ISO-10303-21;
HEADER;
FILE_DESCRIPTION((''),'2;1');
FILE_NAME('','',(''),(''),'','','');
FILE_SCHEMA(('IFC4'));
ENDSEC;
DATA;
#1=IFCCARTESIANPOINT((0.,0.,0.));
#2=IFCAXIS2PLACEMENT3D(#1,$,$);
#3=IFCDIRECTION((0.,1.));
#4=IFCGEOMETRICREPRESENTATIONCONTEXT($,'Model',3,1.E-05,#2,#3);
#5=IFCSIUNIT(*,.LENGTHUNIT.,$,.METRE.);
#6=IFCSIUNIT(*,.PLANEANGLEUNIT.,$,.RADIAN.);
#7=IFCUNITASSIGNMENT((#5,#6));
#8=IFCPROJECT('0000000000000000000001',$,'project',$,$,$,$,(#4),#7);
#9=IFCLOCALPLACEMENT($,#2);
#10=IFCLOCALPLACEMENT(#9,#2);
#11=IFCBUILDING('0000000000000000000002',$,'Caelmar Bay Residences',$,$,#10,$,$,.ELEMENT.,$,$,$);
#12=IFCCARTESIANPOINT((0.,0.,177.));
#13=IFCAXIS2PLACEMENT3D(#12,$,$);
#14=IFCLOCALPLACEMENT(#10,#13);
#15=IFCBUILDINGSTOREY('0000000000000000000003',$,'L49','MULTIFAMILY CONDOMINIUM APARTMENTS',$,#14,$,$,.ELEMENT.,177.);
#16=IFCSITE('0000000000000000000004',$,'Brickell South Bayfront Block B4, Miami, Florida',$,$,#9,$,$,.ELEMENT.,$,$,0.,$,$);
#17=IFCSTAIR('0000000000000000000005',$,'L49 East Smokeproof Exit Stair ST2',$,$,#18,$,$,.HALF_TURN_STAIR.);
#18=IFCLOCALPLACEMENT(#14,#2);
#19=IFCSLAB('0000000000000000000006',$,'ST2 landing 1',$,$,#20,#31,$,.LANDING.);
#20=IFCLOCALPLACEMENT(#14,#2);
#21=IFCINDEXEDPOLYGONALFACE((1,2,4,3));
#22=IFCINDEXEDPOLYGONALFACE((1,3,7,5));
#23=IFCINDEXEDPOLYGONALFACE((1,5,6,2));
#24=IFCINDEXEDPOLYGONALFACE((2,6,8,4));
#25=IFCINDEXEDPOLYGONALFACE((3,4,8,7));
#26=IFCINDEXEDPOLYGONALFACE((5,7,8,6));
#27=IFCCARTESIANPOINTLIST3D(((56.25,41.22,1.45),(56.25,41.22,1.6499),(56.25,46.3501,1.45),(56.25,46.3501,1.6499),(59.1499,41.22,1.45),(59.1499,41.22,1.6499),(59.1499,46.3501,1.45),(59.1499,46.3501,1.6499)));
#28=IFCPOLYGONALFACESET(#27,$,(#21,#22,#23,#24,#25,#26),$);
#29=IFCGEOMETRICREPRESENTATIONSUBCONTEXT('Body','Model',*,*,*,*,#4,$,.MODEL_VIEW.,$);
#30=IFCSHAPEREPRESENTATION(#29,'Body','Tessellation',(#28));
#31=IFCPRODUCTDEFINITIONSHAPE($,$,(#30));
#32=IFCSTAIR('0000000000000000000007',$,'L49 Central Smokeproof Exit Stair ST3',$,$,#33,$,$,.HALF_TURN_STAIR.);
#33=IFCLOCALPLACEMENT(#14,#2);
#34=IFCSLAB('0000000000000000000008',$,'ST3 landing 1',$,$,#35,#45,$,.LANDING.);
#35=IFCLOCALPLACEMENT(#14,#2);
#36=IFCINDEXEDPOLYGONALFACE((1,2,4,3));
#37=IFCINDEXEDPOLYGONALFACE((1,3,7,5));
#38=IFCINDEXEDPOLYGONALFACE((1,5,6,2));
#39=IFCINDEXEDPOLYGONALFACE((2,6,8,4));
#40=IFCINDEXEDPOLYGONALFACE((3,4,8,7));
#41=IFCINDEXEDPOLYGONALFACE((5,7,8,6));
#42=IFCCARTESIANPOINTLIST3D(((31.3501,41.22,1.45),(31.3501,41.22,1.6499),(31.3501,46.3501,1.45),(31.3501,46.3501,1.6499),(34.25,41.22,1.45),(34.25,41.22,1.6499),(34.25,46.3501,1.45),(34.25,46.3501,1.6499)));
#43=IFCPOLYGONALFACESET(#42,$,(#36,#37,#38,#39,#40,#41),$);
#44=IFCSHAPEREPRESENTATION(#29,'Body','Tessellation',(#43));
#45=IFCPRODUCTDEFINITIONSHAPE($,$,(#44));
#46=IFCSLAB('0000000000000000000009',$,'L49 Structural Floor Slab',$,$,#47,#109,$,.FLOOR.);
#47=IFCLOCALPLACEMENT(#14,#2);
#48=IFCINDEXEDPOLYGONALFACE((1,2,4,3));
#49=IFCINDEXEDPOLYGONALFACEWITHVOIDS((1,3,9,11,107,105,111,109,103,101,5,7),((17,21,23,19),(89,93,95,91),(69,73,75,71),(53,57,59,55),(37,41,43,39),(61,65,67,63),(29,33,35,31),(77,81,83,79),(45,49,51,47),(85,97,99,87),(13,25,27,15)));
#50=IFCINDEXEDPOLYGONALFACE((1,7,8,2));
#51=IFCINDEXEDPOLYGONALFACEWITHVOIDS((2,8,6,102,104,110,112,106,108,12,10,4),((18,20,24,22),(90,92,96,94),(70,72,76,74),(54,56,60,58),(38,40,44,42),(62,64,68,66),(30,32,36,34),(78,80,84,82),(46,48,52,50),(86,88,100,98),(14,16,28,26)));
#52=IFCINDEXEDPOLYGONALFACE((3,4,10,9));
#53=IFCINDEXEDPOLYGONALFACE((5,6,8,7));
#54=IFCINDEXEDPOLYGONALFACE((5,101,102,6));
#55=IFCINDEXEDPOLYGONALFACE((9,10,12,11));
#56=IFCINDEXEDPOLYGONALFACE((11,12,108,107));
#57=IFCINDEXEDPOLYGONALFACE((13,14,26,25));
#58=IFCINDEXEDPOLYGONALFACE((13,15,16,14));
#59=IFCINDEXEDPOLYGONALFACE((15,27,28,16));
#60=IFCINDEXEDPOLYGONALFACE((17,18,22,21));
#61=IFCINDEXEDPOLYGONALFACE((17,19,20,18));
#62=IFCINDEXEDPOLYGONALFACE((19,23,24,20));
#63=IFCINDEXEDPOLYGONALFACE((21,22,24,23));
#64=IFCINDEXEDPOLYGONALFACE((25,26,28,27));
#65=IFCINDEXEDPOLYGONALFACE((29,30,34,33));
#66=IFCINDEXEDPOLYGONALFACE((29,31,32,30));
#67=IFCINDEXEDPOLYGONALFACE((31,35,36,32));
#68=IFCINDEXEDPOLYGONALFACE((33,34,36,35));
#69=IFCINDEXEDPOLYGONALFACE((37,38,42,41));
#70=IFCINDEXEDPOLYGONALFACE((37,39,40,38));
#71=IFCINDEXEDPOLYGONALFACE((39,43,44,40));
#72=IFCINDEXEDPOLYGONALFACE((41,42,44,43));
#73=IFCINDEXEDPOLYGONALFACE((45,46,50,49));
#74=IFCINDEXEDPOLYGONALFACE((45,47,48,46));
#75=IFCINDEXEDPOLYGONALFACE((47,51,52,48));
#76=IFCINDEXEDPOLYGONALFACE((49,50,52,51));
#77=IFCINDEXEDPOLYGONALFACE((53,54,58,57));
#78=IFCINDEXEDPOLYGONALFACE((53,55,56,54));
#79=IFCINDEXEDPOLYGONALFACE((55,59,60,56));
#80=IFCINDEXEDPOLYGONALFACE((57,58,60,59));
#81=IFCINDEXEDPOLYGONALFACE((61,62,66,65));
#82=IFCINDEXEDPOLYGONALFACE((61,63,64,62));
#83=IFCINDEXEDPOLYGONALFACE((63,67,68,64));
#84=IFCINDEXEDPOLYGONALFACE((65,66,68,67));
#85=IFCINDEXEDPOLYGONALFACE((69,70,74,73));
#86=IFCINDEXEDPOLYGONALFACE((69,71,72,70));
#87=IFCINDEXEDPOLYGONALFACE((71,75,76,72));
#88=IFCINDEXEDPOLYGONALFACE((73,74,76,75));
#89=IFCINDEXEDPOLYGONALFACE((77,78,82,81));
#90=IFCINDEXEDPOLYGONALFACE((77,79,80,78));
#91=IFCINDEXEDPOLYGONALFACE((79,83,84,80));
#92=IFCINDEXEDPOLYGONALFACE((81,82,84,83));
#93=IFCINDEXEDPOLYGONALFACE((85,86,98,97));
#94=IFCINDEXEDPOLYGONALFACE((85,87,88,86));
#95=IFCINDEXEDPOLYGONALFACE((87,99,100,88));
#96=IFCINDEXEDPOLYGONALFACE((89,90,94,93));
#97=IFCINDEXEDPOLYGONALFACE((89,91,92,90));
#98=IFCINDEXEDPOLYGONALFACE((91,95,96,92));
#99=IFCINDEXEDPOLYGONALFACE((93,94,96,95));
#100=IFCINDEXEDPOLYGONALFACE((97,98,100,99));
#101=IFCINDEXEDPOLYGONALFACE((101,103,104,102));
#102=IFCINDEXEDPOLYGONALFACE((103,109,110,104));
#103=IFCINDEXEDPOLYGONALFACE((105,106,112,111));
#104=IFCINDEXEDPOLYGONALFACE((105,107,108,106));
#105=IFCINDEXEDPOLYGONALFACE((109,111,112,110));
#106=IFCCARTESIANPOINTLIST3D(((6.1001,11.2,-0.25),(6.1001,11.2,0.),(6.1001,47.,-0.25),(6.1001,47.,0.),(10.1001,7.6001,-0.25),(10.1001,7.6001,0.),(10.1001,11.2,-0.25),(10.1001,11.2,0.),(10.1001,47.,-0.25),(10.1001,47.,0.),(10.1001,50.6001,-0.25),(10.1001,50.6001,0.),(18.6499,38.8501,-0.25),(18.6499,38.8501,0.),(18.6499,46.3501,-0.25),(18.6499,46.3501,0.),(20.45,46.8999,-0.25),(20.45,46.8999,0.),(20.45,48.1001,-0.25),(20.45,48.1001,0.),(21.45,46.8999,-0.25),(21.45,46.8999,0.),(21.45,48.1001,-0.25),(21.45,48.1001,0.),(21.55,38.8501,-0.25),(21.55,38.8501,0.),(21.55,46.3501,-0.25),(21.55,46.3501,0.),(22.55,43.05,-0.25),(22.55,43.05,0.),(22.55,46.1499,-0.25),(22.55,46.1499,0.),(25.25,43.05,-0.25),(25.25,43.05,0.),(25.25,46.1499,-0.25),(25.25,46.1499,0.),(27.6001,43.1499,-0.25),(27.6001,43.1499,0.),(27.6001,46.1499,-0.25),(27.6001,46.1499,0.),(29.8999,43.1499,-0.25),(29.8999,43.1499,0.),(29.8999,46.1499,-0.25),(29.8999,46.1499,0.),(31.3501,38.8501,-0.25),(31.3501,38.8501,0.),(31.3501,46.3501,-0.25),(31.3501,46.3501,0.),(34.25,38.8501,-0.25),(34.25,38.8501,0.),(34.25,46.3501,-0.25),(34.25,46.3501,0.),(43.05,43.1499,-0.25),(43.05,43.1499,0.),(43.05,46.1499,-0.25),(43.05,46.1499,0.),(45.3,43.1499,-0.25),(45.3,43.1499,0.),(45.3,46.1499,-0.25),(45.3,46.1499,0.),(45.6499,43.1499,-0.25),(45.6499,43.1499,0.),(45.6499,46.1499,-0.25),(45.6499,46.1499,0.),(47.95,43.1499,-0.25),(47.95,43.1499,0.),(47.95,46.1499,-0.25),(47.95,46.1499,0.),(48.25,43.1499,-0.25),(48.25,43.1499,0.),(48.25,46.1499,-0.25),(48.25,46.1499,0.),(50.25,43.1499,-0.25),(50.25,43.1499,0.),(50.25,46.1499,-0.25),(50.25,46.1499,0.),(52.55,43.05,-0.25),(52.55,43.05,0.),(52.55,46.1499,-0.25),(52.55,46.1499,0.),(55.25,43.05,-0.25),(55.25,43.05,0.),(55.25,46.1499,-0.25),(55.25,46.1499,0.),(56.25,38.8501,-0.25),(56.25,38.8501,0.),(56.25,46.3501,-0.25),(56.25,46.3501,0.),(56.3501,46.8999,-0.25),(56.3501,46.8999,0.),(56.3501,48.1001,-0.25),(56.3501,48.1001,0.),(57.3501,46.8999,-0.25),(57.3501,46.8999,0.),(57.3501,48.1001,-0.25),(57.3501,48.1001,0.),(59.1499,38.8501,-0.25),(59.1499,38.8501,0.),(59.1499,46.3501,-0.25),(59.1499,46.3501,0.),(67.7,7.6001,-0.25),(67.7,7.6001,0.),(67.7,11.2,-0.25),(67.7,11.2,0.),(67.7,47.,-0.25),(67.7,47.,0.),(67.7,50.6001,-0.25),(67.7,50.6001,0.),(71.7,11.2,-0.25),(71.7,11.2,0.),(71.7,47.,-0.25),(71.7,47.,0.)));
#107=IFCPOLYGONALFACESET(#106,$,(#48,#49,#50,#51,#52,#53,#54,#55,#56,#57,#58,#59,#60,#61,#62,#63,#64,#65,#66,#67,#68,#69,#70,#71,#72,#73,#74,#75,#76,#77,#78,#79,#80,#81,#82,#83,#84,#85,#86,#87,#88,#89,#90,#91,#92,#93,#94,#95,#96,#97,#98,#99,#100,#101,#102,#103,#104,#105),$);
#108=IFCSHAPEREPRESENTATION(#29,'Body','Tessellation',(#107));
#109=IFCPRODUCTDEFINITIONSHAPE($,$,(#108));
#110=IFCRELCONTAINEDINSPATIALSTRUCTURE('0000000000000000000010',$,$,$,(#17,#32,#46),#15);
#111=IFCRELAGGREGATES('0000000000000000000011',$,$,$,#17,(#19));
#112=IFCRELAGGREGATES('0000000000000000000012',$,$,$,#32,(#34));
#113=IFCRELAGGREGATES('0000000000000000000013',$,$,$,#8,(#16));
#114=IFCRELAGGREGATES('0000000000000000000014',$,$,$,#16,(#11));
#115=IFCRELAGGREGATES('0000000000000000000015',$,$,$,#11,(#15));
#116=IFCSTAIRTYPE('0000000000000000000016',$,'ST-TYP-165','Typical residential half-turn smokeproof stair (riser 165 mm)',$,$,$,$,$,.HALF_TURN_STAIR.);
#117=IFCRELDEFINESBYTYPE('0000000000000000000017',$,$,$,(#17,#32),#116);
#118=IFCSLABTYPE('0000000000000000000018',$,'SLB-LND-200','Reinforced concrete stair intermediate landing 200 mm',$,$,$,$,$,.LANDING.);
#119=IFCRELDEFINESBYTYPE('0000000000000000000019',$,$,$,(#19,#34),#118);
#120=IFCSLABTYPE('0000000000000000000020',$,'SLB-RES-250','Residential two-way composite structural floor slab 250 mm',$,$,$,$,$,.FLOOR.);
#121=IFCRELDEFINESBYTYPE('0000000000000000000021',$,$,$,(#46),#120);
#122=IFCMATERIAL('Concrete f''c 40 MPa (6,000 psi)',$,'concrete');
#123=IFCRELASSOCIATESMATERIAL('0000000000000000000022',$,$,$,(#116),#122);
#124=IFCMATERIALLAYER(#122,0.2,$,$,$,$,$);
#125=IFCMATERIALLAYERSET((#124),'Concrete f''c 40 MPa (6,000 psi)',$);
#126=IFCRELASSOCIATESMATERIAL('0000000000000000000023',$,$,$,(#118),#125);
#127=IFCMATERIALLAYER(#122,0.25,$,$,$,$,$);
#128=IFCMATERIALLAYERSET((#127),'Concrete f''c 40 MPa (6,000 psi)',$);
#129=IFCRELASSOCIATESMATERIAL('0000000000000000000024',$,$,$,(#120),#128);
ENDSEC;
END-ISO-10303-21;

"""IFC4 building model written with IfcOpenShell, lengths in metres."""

from ifc_helpers import new_model, si_unit, direction, frame, origin, place, context, subcontext, project, spatial, polyline, outline, extrude, material, layer, layer_set, type_object, element, aggregate, save


model = new_model("IFC4")

# Units and contexts
model_context = context("Model", 3, precision=1e-05, world=origin(), true_north=direction((0.0, 1.0)))
body_context = subcontext(model_context, "Body", "Model", "MODEL_VIEW")
ifc_project = project(units=[si_unit("LENGTHUNIT", "METRE"), si_unit("PLANEANGLEUNIT", "RADIAN")], contexts=[model_context])

# Site, building, storey
site_placement = place(None, origin())
site = spatial("IfcSite", under=ifc_project, at=site_placement, Name="Brickell South Bayfront Block B4, Miami, Florida", CompositionType="ELEMENT", RefElevation=0.0)
building_placement = place(site_placement, origin())
building = spatial("IfcBuilding", under=site, at=building_placement, Name="Caelmar Bay Residences", CompositionType="ELEMENT")
storey_placement = place(building_placement, frame((0.0, 0.0, 177.0)))
storey = spatial("IfcBuildingStorey", under=building, at=storey_placement, Name="L49", Description="MULTIFAMILY CONDOMINIUM APARTMENTS", CompositionType="ELEMENT", Elevation=177.0)

# Shared definitions
ifc_material_1 = material(Name="Concrete f'c 40 MPa (6,000 psi)", Category="concrete")

# Stairs, slabs
stair_type = type_object("IfcStairType", Name="ST-TYP-165", Description="Typical residential half-turn smokeproof stair (riser 165 mm)", PredefinedType="HALF_TURN_STAIR", material=ifc_material_1)
ifc_layer_1 = layer(ifc_material_1, 0.2)
ifc_layer_set_1 = layer_set([ifc_layer_1], Name="Concrete f'c 40 MPa (6,000 psi)")
slab_type_1 = type_object("IfcSlabType", Name="SLB-LND-200", Description="Reinforced concrete stair intermediate landing 200 mm", PredefinedType="LANDING", material=ifc_layer_set_1)
stair_1_placement = place(storey_placement, origin())
stair_1 = element("IfcStair", 1, at=stair_1_placement, inside=storey, type_object=stair_type, Name="L49 East Smokeproof Exit Stair ST2", PredefinedType="HALF_TURN_STAIR")
slab_1_placement = place(storey_placement, frame((0.0, 0.0, 1.45)))
slab_1 = element("IfcSlab", 2, at=slab_1_placement, type_object=slab_type_1, Name="ST2 landing 1", PredefinedType="LANDING", context=body_context, shape_type="SweptSolid", body=[
    extrude(outline(polyline([(59.1499, 41.22), (59.1499, 46.3501), (56.25, 46.3501), (56.25, 41.22), (59.1499, 41.22)])), origin(), (0.0, 0.0, 1.0), 0.2),
])
aggregate(stair_1, [slab_1])
stair_2_placement = place(storey_placement, origin())
stair_2 = element("IfcStair", 3, at=stair_2_placement, inside=storey, type_object=stair_type, Name="L49 Central Smokeproof Exit Stair ST3", PredefinedType="HALF_TURN_STAIR")
slab_2_placement = place(storey_placement, frame((0.0, 0.0, 1.45)))
slab_2 = element("IfcSlab", 4, at=slab_2_placement, type_object=slab_type_1, Name="ST3 landing 1", PredefinedType="LANDING", context=body_context, shape_type="SweptSolid", body=[
    extrude(outline(polyline([(34.25, 41.22), (34.25, 46.3501), (31.3501, 46.3501), (31.3501, 41.22), (34.25, 41.22)])), origin(), (0.0, 0.0, 1.0), 0.2),
])
aggregate(stair_2, [slab_2])

# Slab
ifc_layer_2 = layer(ifc_material_1, 0.25)
ifc_layer_set_2 = layer_set([ifc_layer_2], Name="Concrete f'c 40 MPa (6,000 psi)")
slab_type_2 = type_object("IfcSlabType", Name="SLB-RES-250", Description="Residential two-way composite structural floor slab 250 mm", PredefinedType="FLOOR", material=ifc_layer_set_2)
slab_3_placement = place(storey_placement, frame((0.0, 0.0, -0.25)))
element("IfcSlab", 5, at=slab_3_placement, inside=storey, type_object=slab_type_2, Name="L49 Structural Floor Slab", PredefinedType="FLOOR", context=body_context, shape_type="SweptSolid", body=[
    extrude(outline(polyline([(10.1001, 7.6001), (67.7, 7.6001), (67.7, 11.2), (71.7, 11.2), (71.7, 47.0), (67.7, 47.0), (67.7, 50.6001), (10.1001, 50.6001), (10.1001, 47.0), (6.1001, 47.0), (6.1001, 11.2), (10.1001, 11.2), (10.1001, 7.6001)]), holes=[polyline([(18.6499, 38.8501), (21.55, 38.8501), (21.55, 46.3501), (18.6499, 46.3501), (18.6499, 38.8501)]), polyline([(56.25, 38.8501), (59.1499, 38.8501), (59.1499, 46.3501), (56.25, 46.3501), (56.25, 38.8501)]), polyline([(31.3501, 38.8501), (34.25, 38.8501), (34.25, 46.3501), (31.3501, 46.3501), (31.3501, 38.8501)]), polyline([(22.55, 43.05), (25.25, 43.05), (25.25, 46.1499), (22.55, 46.1499), (22.55, 43.05)]), polyline([(52.55, 43.05), (55.25, 43.05), (55.25, 46.1499), (52.55, 46.1499), (52.55, 43.05)]), polyline([(43.05, 43.1499), (45.3, 43.1499), (45.3, 46.1499), (43.05, 46.1499), (43.05, 43.1499)]), polyline([(45.6499, 43.1499), (47.95, 43.1499), (47.95, 46.1499), (45.6499, 46.1499), (45.6499, 43.1499)]), polyline([(48.25, 43.1499), (50.25, 43.1499), (50.25, 46.1499), (48.25, 46.1499), (48.25, 43.1499)]), polyline([(27.6001, 43.1499), (29.8999, 43.1499), (29.8999, 46.1499), (27.6001, 46.1499), (27.6001, 43.1499)]), polyline([(20.45, 46.8999), (21.45, 46.8999), (21.45, 48.1001), (20.45, 48.1001), (20.45, 46.8999)]), polyline([(56.3501, 46.8999), (57.3501, 46.8999), (57.3501, 48.1001), (56.3501, 48.1001), (56.3501, 46.8999)])]), origin(), (0.0, 0.0, 1.0), 0.25),
])

save(model, "model.ifc")
